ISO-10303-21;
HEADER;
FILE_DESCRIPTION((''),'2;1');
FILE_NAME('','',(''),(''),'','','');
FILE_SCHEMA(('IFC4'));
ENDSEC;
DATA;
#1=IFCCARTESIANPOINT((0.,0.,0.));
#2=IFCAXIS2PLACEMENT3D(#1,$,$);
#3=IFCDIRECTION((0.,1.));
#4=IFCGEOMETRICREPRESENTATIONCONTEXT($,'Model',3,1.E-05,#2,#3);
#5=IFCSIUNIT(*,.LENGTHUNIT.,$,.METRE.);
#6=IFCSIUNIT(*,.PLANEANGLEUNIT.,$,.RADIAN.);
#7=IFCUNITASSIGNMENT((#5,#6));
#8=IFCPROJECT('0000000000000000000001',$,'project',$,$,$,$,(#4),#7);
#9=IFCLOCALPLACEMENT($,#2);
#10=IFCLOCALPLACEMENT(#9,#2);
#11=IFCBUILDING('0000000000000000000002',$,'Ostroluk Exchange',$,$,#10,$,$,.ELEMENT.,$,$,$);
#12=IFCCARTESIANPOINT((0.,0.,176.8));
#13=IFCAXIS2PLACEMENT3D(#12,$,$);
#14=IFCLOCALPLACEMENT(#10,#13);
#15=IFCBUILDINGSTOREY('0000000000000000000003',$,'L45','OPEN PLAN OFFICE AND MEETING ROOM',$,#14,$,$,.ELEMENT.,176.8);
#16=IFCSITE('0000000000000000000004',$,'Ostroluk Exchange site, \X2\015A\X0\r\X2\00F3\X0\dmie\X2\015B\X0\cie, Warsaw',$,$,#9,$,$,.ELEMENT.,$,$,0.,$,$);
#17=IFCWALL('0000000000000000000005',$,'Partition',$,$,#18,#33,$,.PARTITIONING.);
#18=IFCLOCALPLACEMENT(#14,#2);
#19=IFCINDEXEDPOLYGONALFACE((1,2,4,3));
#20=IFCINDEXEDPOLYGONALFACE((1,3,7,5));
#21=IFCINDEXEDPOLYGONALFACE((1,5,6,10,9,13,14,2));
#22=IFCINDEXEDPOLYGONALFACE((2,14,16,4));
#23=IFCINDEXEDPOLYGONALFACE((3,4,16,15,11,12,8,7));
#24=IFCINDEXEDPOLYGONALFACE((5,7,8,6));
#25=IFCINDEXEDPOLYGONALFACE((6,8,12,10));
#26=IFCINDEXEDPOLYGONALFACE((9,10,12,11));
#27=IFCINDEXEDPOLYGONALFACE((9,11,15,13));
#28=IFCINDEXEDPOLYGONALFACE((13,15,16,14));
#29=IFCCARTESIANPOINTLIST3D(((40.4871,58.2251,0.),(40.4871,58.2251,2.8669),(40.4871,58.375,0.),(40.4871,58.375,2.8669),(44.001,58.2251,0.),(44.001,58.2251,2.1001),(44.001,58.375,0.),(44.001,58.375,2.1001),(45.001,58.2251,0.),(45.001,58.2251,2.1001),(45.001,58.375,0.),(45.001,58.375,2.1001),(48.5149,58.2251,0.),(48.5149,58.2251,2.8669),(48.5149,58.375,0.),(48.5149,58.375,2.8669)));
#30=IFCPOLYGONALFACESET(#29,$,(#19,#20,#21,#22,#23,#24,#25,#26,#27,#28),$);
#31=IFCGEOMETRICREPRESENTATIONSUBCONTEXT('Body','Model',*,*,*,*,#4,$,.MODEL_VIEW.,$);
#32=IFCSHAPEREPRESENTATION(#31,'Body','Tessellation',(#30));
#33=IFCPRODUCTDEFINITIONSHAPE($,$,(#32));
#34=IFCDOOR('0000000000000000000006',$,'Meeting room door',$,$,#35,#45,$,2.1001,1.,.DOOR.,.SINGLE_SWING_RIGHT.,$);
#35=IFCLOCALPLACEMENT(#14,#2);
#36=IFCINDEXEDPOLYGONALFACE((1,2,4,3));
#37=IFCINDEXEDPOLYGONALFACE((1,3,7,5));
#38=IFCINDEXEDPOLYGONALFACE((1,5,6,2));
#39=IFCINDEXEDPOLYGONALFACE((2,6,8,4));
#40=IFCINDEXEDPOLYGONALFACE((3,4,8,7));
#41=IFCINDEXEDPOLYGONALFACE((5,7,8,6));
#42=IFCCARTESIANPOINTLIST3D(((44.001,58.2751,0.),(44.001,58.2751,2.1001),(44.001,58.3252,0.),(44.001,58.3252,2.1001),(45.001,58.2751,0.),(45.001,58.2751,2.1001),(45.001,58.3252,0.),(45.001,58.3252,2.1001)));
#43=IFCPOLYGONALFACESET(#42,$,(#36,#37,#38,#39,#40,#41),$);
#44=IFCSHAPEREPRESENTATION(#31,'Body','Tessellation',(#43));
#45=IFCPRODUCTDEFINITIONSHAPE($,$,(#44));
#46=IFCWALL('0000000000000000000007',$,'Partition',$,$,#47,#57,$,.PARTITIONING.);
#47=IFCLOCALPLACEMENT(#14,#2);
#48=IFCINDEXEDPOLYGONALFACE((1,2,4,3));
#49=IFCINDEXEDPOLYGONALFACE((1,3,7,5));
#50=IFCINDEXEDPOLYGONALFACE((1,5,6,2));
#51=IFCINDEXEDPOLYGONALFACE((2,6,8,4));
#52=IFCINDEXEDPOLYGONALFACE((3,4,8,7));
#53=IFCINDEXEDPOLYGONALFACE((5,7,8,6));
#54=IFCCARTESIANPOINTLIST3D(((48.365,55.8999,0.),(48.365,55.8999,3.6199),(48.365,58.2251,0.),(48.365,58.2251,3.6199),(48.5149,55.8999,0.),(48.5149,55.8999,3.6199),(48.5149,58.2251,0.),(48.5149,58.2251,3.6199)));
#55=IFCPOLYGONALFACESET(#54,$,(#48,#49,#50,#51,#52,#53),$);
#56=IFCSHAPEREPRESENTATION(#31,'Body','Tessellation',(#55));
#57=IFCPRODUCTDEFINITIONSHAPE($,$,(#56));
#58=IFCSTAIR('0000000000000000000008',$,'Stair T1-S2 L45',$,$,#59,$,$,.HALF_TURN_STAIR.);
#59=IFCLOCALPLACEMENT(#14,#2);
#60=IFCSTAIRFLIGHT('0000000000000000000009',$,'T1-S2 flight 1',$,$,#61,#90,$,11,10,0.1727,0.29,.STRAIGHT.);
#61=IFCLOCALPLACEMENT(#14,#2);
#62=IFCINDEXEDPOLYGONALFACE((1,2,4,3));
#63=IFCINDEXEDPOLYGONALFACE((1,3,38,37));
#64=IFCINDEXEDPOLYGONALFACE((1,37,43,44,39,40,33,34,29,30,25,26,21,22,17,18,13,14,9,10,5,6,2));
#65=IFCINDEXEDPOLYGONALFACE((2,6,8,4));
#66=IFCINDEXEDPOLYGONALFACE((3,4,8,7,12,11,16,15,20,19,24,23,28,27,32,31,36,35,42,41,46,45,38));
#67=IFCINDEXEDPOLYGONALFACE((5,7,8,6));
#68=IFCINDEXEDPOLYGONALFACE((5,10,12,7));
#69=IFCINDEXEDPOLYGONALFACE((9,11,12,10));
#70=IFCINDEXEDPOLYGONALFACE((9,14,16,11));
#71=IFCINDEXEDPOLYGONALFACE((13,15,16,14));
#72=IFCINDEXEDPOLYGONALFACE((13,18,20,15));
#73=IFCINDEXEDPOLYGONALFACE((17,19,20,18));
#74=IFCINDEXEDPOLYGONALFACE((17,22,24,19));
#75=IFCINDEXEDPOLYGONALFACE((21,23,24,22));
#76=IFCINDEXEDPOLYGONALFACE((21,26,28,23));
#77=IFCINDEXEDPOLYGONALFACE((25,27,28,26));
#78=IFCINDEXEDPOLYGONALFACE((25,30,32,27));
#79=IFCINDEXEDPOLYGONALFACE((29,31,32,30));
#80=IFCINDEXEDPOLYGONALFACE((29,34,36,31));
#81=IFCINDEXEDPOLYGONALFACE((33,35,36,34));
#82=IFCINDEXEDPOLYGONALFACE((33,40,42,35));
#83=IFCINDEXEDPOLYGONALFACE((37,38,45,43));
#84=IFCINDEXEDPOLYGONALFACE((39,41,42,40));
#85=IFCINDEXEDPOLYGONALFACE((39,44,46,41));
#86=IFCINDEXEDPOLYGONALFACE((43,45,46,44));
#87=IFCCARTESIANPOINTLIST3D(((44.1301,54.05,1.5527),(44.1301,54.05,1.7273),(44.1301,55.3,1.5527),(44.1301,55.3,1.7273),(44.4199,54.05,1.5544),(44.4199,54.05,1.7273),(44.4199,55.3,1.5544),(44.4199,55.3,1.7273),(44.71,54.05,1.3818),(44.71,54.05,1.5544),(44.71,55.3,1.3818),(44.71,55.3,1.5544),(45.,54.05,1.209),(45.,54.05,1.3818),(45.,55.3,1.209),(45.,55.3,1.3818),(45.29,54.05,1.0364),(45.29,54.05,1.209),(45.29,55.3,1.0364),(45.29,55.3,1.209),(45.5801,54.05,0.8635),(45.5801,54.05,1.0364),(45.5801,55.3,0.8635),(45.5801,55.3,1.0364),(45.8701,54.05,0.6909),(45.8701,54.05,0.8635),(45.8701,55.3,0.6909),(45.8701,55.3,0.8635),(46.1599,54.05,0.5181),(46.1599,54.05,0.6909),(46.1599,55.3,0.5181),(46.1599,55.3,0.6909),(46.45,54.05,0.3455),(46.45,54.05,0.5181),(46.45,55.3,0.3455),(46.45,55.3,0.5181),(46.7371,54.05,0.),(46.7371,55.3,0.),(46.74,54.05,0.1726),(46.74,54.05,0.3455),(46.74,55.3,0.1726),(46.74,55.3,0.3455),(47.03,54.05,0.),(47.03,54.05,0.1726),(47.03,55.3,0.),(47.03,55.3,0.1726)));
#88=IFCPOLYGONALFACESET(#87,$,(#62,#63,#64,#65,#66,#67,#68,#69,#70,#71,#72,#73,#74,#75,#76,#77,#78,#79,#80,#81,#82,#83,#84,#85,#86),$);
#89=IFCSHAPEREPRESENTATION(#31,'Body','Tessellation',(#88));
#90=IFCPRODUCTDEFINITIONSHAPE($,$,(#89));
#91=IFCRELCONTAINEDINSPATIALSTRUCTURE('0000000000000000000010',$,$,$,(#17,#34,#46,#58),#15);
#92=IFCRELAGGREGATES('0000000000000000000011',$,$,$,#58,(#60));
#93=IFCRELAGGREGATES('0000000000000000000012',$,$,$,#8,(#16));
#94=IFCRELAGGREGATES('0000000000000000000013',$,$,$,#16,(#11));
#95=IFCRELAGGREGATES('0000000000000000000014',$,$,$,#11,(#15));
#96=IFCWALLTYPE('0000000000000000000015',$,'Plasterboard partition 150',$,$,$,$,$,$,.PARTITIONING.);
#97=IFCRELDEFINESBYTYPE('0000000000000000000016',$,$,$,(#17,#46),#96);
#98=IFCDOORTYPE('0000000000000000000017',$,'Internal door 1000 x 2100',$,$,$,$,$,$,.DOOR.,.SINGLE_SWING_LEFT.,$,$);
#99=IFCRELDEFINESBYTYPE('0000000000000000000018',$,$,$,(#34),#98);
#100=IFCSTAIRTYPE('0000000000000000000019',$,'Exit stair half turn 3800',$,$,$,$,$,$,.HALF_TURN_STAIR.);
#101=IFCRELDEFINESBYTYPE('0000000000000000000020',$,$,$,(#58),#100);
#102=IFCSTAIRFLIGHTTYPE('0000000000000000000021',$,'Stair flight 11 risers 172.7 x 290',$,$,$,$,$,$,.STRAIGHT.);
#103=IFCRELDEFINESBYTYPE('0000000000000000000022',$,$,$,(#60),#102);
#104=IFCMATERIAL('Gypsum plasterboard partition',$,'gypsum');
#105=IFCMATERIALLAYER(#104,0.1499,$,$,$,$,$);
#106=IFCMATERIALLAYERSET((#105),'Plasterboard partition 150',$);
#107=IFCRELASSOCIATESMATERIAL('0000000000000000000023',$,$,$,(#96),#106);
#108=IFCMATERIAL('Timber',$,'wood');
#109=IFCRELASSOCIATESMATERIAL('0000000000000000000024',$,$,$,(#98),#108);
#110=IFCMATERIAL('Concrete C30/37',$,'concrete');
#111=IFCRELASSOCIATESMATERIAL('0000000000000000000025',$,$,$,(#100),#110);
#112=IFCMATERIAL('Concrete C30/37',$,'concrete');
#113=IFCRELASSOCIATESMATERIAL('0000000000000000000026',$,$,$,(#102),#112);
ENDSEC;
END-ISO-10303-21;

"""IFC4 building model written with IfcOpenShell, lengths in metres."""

from ifc_helpers import new_model, si_unit, direction, frame, frame_2d, origin, place, context, subcontext, project, spatial, polyline, rectangle, outline, extrude, material, layer, layer_set, type_object, element, fill, aggregate, save


model = new_model("IFC4")

# Units and contexts
model_context = context("Model", 3, precision=1e-05, world=origin(), true_north=direction((0.0, 1.0)))
body_context = subcontext(model_context, "Body", "Model", "MODEL_VIEW")
ifc_project = project(units=[si_unit("LENGTHUNIT", "METRE"), si_unit("PLANEANGLEUNIT", "RADIAN")], contexts=[model_context])

# Site, building, storey
site_placement = place(None, origin())
site = spatial("IfcSite", under=ifc_project, at=site_placement, Name="Ostroluk Exchange site, Śródmieście, Warsaw", CompositionType="ELEMENT", RefElevation=0.0)
building_placement = place(site_placement, origin())
building = spatial("IfcBuilding", under=site, at=building_placement, Name="Ostroluk Exchange", CompositionType="ELEMENT")
storey_placement = place(building_placement, frame((0.0, 0.0, 176.8)))
storey = spatial("IfcBuildingStorey", under=building, at=storey_placement, Name="L45", Description="OPEN PLAN OFFICE AND MEETING ROOM", CompositionType="ELEMENT", Elevation=176.8)

# Shared definitions
ifc_material_1 = material(Name="Gypsum plasterboard partition", Category="gypsum")
ifc_layer_1 = layer(ifc_material_1, 0.1499)
ifc_layer_set_1 = layer_set([ifc_layer_1], Name="Plasterboard partition 150")
wall_type_1 = type_object("IfcWallType", Name="Plasterboard partition 150", PredefinedType="PARTITIONING", material=ifc_layer_set_1)
ifc_material_2 = material(Name="Timber", Category="wood")
door_type_1 = type_object("IfcDoorType", Name="Internal door 1000 x 2100", OperationType="SINGLE_SWING_LEFT", PredefinedType="DOOR", material=ifc_material_2)

# Wall, opening, door
wall_1_placement = place(storey_placement, frame((48.5149, 58.3, 0.0), z_axis=(0.0, 0.0, 1.0), x_axis=(-1.0, 0.0, 0.0)))
wall_1 = element("IfcWall", 1, at=wall_1_placement, inside=storey, type_object=wall_type_1, Name="Partition", PredefinedType="PARTITIONING", context=body_context, shape_type="SweptSolid", body=[
    extrude(rectangle(XDim=8.0278, YDim=0.1499, at=frame_2d((4.0139, 0.0))), origin(), (0.0, 0.0, 1.0), 2.8669),
])
opening_1_placement = place(wall_1_placement, frame((3.5139, 0.0, 0.0)))
opening_1 = element("IfcOpeningElement", 2, at=opening_1_placement, cuts=wall_1, PredefinedType="OPENING", context=body_context, shape_type="SweptSolid", body=[
    extrude(rectangle(XDim=1.0, YDim=2.1001, at=frame_2d((0.5, 1.05))), frame((0.0, 0.085, 0.0), z_axis=(0.0, -1.0, 0.0), x_axis=(1.0, 0.0, 0.0)), (0.0, 0.0, 1.0), 0.1699),
])
door_1_placement = place(opening_1_placement, origin())
door_1 = element("IfcDoor", 3, at=door_1_placement, inside=storey, type_object=door_type_1, Name="Meeting room door", OperationType="SINGLE_SWING_RIGHT", OverallHeight=2.1001, OverallWidth=1.0, PredefinedType="DOOR", context=body_context, shape_type="SweptSolid", body=[
    extrude(rectangle(XDim=1.0, YDim=2.1001, at=frame_2d((0.5, 1.05))), frame((0.0, 0.0249, 0.0), z_axis=(0.0, -1.0, 0.0), x_axis=(1.0, 0.0, 0.0)), (0.0, 0.0, 1.0), 0.05),
])
fill(opening_1, door_1)

# Wall
wall_2_placement = place(storey_placement, frame((48.4399, 55.8999, 0.0), z_axis=(0.0, 0.0, 1.0), x_axis=(0.0, 1.0, 0.0)))
element("IfcWall", 4, at=wall_2_placement, inside=storey, type_object=wall_type_1, Name="Partition", PredefinedType="PARTITIONING", context=body_context, shape_type="SweptSolid", body=[
    extrude(rectangle(XDim=2.3252, YDim=0.1499, at=frame_2d((1.1626, 0.0))), origin(), (0.0, 0.0, 1.0), 3.6199),
])

# Stair, stair flight
ifc_material_3 = material(Name="Concrete C30/37", Category="concrete")
stair_type = type_object("IfcStairType", Name="Exit stair half turn 3800", PredefinedType="HALF_TURN_STAIR", material=ifc_material_3)
stair_placement = place(storey_placement, origin())
stair = element("IfcStair", 5, at=stair_placement, inside=storey, type_object=stair_type, Name="Stair T1-S2 L45", PredefinedType="HALF_TURN_STAIR")
ifc_material_4 = material(Name="Concrete C30/37", Category="concrete")
stair_flight_type = type_object("IfcStairFlightType", Name="Stair flight 11 risers 172.7 x 290", PredefinedType="STRAIGHT", material=ifc_material_4)
stair_flight_placement = place(storey_placement, frame((47.03, 54.675, 0.0), z_axis=(0.0, 0.0, 1.0), x_axis=(-1.0, 0.0, 0.0)))
stair_flight = element("IfcStairFlight", 6, at=stair_flight_placement, type_object=stair_flight_type, Name="T1-S2 flight 1", NumberOfRisers=11, NumberOfTreads=10, PredefinedType="STRAIGHT", RiserHeight=0.1727, TreadLength=0.29, context=body_context, shape_type="SweptSolid", body=[
    extrude(outline(polyline([(0.0, 0.0), (0.0, 0.1726), (0.29, 0.1726), (0.29, 0.3455), (0.5801, 0.3455), (0.5801, 0.5181), (0.8701, 0.5181), (0.8701, 0.6909), (1.1599, 0.6909), (1.1599, 0.8635), (1.45, 0.8635), (1.45, 1.0364), (1.74, 1.0364), (1.74, 1.209), (2.03, 1.209), (2.03, 1.3818), (2.3201, 1.3818), (2.3201, 1.5544), (2.6101, 1.5544), (2.6101, 1.7273), (2.8999, 1.7273), (2.8999, 1.8999), (2.8999, 1.5527), (0.293, 0.0), (0.0, 0.0)])), frame((0.0, 0.625, 0.0), z_axis=(0.0, -1.0, 0.0), x_axis=(1.0, 0.0, 0.0)), (0.0, 0.0, 1.0), 1.25),
])
aggregate(stair, [stair_flight])

save(model, "model.ifc")
